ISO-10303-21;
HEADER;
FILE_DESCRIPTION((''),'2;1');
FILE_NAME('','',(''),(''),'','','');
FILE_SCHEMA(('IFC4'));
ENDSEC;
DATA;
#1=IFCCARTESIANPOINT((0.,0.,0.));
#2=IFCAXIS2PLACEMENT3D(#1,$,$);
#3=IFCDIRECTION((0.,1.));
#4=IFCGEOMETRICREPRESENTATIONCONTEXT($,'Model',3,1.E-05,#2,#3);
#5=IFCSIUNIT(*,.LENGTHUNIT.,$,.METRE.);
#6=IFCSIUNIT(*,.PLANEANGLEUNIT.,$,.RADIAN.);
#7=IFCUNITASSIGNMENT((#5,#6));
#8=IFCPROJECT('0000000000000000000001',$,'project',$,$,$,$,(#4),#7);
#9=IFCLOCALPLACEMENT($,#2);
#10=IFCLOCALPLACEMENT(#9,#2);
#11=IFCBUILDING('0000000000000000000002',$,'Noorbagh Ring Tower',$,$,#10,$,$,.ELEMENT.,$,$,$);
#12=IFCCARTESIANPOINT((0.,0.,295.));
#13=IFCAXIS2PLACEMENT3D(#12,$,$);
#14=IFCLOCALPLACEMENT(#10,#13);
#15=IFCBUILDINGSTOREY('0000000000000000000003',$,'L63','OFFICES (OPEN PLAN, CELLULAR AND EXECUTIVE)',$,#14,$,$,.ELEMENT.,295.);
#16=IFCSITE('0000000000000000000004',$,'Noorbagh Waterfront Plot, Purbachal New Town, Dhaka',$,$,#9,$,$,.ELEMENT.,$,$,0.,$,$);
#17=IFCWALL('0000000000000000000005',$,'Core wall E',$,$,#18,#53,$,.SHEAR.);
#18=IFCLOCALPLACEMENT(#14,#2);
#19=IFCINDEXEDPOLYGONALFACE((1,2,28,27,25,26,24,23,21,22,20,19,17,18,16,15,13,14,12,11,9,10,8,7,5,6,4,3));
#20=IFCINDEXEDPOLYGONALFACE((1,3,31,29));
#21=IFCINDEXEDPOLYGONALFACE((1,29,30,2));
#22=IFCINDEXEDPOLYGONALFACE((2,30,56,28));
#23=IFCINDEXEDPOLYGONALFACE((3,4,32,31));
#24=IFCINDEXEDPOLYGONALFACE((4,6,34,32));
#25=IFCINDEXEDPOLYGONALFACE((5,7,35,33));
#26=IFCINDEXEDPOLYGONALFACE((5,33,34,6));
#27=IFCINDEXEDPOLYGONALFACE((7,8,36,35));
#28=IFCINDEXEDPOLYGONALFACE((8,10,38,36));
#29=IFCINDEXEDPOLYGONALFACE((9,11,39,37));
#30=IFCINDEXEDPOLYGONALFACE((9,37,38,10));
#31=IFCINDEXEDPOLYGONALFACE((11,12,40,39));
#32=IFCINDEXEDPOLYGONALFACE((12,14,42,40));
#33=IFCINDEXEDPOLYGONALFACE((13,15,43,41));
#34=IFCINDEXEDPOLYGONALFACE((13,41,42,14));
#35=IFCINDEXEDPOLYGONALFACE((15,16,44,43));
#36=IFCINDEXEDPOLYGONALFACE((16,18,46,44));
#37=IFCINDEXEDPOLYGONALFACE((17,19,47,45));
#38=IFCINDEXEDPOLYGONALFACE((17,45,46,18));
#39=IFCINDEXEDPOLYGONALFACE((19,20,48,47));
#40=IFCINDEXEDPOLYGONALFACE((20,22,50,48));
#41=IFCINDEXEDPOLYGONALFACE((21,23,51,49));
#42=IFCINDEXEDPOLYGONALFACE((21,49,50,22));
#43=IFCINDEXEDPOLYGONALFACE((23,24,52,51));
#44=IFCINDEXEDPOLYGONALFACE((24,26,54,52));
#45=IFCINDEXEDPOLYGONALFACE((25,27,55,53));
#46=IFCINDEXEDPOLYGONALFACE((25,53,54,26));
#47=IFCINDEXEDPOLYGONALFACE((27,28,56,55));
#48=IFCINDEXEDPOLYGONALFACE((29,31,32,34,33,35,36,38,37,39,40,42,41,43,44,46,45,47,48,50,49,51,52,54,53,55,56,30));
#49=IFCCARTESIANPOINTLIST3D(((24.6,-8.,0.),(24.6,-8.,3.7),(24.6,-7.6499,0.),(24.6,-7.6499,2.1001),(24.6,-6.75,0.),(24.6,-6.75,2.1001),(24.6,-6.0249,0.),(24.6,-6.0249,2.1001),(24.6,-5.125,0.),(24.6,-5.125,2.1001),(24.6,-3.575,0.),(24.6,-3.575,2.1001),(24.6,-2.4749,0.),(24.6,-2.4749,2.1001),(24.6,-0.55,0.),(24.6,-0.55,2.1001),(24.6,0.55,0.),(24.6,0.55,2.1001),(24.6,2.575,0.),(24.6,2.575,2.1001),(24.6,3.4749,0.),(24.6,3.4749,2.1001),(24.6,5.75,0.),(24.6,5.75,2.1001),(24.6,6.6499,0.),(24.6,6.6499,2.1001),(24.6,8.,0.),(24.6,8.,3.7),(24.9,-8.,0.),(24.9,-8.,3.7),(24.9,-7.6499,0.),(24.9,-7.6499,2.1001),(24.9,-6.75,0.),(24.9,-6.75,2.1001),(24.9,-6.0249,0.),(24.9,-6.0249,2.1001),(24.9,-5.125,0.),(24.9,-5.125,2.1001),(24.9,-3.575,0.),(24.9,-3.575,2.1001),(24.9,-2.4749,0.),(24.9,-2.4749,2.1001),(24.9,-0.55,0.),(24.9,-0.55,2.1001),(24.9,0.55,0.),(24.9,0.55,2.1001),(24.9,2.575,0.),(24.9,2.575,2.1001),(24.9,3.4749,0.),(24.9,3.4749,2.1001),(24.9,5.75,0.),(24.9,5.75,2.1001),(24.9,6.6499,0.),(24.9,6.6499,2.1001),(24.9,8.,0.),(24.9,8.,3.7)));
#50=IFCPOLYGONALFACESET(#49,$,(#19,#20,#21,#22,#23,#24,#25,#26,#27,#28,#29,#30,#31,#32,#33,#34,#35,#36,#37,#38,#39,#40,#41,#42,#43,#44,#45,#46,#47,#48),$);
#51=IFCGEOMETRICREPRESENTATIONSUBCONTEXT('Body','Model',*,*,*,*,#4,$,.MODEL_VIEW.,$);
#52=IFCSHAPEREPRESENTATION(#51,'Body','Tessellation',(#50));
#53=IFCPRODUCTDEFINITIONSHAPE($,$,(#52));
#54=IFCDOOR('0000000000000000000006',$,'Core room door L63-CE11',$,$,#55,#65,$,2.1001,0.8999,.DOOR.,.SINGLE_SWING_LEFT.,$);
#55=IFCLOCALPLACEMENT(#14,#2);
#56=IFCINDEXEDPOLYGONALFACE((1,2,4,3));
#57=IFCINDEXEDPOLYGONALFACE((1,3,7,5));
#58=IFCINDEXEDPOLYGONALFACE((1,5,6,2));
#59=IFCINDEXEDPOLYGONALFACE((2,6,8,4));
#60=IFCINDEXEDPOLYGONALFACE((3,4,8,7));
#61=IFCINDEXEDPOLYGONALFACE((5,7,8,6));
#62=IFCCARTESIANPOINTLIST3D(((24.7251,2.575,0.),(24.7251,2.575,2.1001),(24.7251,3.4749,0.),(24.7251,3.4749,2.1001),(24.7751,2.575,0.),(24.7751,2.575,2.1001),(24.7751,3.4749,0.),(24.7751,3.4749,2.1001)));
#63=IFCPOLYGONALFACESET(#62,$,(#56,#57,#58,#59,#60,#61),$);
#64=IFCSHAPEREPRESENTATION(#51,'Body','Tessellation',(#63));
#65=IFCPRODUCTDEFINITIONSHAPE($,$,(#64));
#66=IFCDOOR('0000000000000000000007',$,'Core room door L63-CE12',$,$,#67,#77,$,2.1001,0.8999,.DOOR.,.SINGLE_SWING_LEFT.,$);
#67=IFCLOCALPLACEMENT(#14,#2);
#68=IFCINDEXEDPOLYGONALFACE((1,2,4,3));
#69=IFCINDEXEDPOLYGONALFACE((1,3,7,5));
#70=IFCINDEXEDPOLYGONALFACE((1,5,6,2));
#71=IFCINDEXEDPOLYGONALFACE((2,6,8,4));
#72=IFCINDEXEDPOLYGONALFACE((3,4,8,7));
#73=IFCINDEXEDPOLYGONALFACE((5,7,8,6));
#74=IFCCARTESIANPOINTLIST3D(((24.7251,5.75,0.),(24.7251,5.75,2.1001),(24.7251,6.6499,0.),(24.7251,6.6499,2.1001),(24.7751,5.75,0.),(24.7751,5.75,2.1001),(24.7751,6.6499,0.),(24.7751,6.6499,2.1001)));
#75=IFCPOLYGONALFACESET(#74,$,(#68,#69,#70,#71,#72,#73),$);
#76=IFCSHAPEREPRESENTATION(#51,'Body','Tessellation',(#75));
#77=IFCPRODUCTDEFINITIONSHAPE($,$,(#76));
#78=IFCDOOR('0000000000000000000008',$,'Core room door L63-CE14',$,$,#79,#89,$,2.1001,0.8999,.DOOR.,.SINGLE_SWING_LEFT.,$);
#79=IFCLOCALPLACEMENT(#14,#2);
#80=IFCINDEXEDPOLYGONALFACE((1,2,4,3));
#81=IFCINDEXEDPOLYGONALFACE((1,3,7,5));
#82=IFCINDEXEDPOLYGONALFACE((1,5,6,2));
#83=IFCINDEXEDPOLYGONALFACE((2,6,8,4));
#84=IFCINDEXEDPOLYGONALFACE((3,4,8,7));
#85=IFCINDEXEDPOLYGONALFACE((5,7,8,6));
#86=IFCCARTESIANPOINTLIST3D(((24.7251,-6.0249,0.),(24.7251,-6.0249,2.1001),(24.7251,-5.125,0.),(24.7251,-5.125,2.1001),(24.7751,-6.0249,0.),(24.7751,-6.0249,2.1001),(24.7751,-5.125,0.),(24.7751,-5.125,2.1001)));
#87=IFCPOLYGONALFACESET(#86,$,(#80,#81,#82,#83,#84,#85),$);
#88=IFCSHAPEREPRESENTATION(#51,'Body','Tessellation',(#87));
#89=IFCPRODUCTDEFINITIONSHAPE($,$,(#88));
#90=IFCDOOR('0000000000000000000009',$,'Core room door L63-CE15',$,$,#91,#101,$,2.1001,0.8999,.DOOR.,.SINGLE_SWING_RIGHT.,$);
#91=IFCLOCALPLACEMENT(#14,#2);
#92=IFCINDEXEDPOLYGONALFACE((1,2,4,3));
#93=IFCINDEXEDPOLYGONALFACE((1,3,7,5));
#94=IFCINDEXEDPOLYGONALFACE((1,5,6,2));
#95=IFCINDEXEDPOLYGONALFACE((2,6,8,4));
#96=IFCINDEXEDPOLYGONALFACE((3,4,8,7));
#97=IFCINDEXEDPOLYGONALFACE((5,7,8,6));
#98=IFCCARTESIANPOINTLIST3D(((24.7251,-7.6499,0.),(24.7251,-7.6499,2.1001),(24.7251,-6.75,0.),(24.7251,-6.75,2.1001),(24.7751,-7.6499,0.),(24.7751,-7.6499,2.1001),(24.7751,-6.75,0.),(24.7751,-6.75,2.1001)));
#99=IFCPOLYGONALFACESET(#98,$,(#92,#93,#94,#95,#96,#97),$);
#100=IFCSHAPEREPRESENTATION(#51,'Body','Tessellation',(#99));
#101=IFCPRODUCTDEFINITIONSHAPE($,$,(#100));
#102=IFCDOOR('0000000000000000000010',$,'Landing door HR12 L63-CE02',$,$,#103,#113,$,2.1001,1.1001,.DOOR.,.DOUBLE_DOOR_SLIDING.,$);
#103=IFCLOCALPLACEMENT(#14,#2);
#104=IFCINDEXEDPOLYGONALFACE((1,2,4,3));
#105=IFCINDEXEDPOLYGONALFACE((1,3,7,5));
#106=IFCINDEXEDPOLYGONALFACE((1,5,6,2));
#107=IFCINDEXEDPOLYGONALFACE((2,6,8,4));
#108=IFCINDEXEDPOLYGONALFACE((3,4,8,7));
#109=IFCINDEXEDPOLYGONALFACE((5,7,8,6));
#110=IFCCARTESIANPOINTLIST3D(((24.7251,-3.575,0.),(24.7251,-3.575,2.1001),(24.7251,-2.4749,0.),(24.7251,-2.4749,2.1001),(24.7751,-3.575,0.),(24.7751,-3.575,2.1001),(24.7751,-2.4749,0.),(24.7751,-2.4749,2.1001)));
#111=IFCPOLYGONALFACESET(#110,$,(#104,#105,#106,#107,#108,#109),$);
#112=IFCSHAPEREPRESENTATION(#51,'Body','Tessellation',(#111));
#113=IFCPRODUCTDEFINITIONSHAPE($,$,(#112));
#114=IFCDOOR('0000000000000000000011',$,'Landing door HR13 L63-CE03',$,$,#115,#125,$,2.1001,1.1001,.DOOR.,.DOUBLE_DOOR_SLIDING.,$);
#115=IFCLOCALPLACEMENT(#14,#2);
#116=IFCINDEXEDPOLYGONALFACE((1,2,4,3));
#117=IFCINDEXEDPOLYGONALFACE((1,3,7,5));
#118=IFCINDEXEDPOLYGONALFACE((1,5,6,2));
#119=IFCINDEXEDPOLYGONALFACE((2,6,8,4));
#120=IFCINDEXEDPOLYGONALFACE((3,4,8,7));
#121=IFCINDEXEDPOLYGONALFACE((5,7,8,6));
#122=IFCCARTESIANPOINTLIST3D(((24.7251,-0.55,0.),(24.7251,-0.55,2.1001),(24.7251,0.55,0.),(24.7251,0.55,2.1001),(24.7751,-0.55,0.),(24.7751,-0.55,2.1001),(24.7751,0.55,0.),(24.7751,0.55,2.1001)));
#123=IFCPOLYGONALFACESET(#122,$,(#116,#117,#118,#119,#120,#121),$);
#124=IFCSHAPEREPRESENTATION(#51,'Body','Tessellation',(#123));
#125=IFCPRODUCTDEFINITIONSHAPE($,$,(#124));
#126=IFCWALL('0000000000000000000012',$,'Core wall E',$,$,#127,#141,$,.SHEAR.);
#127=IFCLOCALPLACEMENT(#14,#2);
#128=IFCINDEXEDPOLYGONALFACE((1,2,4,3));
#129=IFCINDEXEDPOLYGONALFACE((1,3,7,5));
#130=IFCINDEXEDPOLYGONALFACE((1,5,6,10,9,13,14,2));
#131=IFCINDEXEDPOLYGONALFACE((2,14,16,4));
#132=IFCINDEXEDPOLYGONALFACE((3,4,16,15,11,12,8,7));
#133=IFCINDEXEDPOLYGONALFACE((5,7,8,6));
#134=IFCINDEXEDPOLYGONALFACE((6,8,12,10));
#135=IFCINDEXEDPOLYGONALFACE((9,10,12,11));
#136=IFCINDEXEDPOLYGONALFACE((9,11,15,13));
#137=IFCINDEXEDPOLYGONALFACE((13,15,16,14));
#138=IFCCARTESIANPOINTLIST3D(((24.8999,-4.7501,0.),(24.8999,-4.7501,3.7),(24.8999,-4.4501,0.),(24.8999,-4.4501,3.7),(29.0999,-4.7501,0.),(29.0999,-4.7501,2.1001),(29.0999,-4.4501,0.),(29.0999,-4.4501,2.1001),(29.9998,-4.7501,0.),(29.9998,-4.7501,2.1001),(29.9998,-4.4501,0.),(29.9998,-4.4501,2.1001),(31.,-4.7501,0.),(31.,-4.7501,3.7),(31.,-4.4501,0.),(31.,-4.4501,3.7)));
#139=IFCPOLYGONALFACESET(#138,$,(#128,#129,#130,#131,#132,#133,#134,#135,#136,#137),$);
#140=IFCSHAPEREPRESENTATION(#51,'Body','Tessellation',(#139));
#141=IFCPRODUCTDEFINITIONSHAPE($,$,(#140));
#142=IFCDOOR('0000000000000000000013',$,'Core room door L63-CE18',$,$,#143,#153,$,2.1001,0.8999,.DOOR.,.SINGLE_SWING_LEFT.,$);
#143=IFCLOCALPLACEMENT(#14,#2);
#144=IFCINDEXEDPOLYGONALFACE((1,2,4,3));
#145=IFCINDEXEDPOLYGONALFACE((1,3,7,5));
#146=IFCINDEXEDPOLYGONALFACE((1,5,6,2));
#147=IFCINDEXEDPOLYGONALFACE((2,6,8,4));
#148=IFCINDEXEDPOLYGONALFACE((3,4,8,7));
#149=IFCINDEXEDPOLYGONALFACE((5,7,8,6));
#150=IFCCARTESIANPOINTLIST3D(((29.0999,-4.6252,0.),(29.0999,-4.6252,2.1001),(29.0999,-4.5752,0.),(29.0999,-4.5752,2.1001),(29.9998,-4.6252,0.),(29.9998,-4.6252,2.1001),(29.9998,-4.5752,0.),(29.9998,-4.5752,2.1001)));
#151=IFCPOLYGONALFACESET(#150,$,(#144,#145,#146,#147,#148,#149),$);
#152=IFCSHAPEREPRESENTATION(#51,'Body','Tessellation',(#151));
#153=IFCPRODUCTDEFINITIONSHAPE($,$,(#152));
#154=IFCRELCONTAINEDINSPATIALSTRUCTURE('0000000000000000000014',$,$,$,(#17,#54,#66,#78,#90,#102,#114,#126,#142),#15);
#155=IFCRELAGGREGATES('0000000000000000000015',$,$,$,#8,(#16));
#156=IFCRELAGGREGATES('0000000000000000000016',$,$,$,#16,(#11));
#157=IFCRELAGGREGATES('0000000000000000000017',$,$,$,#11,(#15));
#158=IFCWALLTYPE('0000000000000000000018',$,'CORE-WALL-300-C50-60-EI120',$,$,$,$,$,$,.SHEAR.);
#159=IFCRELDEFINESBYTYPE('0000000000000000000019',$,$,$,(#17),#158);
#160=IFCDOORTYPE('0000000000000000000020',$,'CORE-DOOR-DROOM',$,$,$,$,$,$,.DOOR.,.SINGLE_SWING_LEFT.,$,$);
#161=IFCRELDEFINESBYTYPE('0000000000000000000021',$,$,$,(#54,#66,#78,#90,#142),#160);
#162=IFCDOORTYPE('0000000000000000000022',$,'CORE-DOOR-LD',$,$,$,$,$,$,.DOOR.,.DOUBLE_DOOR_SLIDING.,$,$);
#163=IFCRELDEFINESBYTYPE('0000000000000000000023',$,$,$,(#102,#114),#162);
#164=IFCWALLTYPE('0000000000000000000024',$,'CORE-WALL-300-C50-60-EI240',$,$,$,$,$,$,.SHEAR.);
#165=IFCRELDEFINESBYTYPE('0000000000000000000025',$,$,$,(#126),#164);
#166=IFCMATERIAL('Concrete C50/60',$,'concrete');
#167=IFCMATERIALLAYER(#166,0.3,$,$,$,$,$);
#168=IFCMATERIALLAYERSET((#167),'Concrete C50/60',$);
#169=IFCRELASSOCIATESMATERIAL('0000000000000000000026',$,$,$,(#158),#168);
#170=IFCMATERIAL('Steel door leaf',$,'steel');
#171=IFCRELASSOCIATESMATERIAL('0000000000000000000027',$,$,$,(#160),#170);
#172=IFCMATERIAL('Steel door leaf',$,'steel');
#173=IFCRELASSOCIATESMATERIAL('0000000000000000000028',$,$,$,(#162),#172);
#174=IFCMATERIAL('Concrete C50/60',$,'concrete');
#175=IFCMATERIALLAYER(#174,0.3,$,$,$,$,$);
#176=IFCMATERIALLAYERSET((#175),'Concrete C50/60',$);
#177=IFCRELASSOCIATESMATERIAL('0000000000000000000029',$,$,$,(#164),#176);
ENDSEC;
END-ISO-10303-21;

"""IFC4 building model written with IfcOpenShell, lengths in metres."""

from ifc_helpers import new_model, si_unit, direction, frame, frame_2d, origin, place, context, subcontext, project, spatial, rectangle, extrude, material, layer, layer_set, type_object, element, fill, save


model = new_model("IFC4")

# Units and contexts
model_context = context("Model", 3, precision=1e-05, world=origin(), true_north=direction((0.0, 1.0)))
body_context = subcontext(model_context, "Body", "Model", "MODEL_VIEW")
ifc_project = project(units=[si_unit("LENGTHUNIT", "METRE"), si_unit("PLANEANGLEUNIT", "RADIAN")], contexts=[model_context])

# Site, building, storey
site_placement = place(None, origin())
site = spatial("IfcSite", under=ifc_project, at=site_placement, Name="Noorbagh Waterfront Plot, Purbachal New Town, Dhaka", CompositionType="ELEMENT", RefElevation=0.0)
building_placement = place(site_placement, origin())
building = spatial("IfcBuilding", under=site, at=building_placement, Name="Noorbagh Ring Tower", CompositionType="ELEMENT")
storey_placement = place(building_placement, frame((0.0, 0.0, 295.0)))
storey = spatial("IfcBuildingStorey", under=building, at=storey_placement, Name="L63", Description="OFFICES (OPEN PLAN, CELLULAR AND EXECUTIVE)", CompositionType="ELEMENT", Elevation=295.0)

# Shared definitions
ifc_material_1 = material(Name="Concrete C50/60", Category="concrete")
ifc_layer_1 = layer(ifc_material_1, 0.3)
ifc_layer_set_1 = layer_set([ifc_layer_1], Name="Concrete C50/60")
wall_type_1 = type_object("IfcWallType", Name="CORE-WALL-300-C50-60-EI120", PredefinedType="SHEAR", material=ifc_layer_set_1)

# Wall, openings, doors
ifc_material_2 = material(Name="Steel door leaf", Category="steel")
door_type_1 = type_object("IfcDoorType", Name="CORE-DOOR-DROOM", OperationType="SINGLE_SWING_LEFT", PredefinedType="DOOR", material=ifc_material_2)
wall_1_placement = place(storey_placement, frame((24.75, -8.0, 0.0), z_axis=(0.0, 0.0, 1.0), x_axis=(0.0, 1.0, 0.0)))
wall_1 = element("IfcWall", 1, at=wall_1_placement, inside=storey, type_object=wall_type_1, Name="Core wall E", PredefinedType="SHEAR", context=body_context, shape_type="SweptSolid", body=[
    extrude(rectangle(XDim=16.0, YDim=0.3, at=frame_2d((8.0, 0.0))), origin(), (0.0, 0.0, 1.0), 3.7),
])
opening_1_placement = place(wall_1_placement, frame((4.425, 0.0, 0.0)))
opening_1 = element("IfcOpeningElement", 2, at=opening_1_placement, cuts=wall_1, PredefinedType="OPENING", context=body_context, shape_type="SweptSolid", body=[
    extrude(rectangle(XDim=1.1001, YDim=2.1001, at=frame_2d((0.55, 1.05))), frame((0.0, 0.1602, 0.0), z_axis=(0.0, -1.0, 0.0), x_axis=(1.0, 0.0, 0.0)), (0.0, 0.0, 1.0), 0.3201),
])
opening_2_placement = place(wall_1_placement, frame((7.45, 0.0, 0.0)))
opening_2 = element("IfcOpeningElement", 3, at=opening_2_placement, cuts=wall_1, PredefinedType="OPENING", context=body_context, shape_type="SweptSolid", body=[
    extrude(rectangle(XDim=1.1001, YDim=2.1001, at=frame_2d((0.55, 1.05))), frame((0.0, 0.1602, 0.0), z_axis=(0.0, -1.0, 0.0), x_axis=(1.0, 0.0, 0.0)), (0.0, 0.0, 1.0), 0.3201),
])
opening_3_placement = place(wall_1_placement, frame((10.575, 0.0, 0.0)))
opening_3 = element("IfcOpeningElement", 4, at=opening_3_placement, cuts=wall_1, PredefinedType="OPENING", context=body_context, shape_type="SweptSolid", body=[
    extrude(rectangle(XDim=0.8999, YDim=2.1001, at=frame_2d((0.45, 1.05))), frame((0.0, 0.1602, 0.0), z_axis=(0.0, -1.0, 0.0), x_axis=(1.0, 0.0, 0.0)), (0.0, 0.0, 1.0), 0.3201),
])
opening_4_placement = place(wall_1_placement, frame((13.75, 0.0, 0.0)))
opening_4 = element("IfcOpeningElement", 5, at=opening_4_placement, cuts=wall_1, PredefinedType="OPENING", context=body_context, shape_type="SweptSolid", body=[
    extrude(rectangle(XDim=0.8999, YDim=2.1001, at=frame_2d((0.45, 1.05))), frame((0.0, 0.1602, 0.0), z_axis=(0.0, -1.0, 0.0), x_axis=(1.0, 0.0, 0.0)), (0.0, 0.0, 1.0), 0.3201),
])
opening_5_placement = place(wall_1_placement, frame((1.9751, 0.0, 0.0)))
opening_5 = element("IfcOpeningElement", 6, at=opening_5_placement, cuts=wall_1, PredefinedType="OPENING", context=body_context, shape_type="SweptSolid", body=[
    extrude(rectangle(XDim=0.8999, YDim=2.1001, at=frame_2d((0.45, 1.05))), frame((0.0, 0.1602, 0.0), z_axis=(0.0, -1.0, 0.0), x_axis=(1.0, 0.0, 0.0)), (0.0, 0.0, 1.0), 0.3201),
])
opening_6_placement = place(wall_1_placement, frame((0.3501, 0.0, 0.0)))
opening_6 = element("IfcOpeningElement", 7, at=opening_6_placement, cuts=wall_1, PredefinedType="OPENING", context=body_context, shape_type="SweptSolid", body=[
    extrude(rectangle(XDim=0.8999, YDim=2.1001, at=frame_2d((0.45, 1.05))), frame((0.0, 0.1602, 0.0), z_axis=(0.0, -1.0, 0.0), x_axis=(1.0, 0.0, 0.0)), (0.0, 0.0, 1.0), 0.3201),
])
door_1_placement = place(opening_3_placement, origin())
door_1 = element("IfcDoor", 8, at=door_1_placement, inside=storey, type_object=door_type_1, Name="Core room door L63-CE11", OperationType="SINGLE_SWING_LEFT", OverallHeight=2.1001, OverallWidth=0.8999, PredefinedType="DOOR", context=body_context, shape_type="SweptSolid", body=[
    extrude(rectangle(XDim=0.8999, YDim=2.1001, at=frame_2d((0.45, 1.05))), frame((0.0, 0.0249, 0.0), z_axis=(0.0, -1.0, 0.0), x_axis=(1.0, 0.0, 0.0)), (0.0, 0.0, 1.0), 0.05),
])
fill(opening_3, door_1)
door_2_placement = place(opening_4_placement, origin())
door_2 = element("IfcDoor", 9, at=door_2_placement, inside=storey, type_object=door_type_1, Name="Core room door L63-CE12", OperationType="SINGLE_SWING_LEFT", OverallHeight=2.1001, OverallWidth=0.8999, PredefinedType="DOOR", context=body_context, shape_type="SweptSolid", body=[
    extrude(rectangle(XDim=0.8999, YDim=2.1001, at=frame_2d((0.45, 1.05))), frame((0.0, 0.0249, 0.0), z_axis=(0.0, -1.0, 0.0), x_axis=(1.0, 0.0, 0.0)), (0.0, 0.0, 1.0), 0.05),
])
fill(opening_4, door_2)
door_3_placement = place(opening_5_placement, origin())
door_3 = element("IfcDoor", 10, at=door_3_placement, inside=storey, type_object=door_type_1, Name="Core room door L63-CE14", OperationType="SINGLE_SWING_LEFT", OverallHeight=2.1001, OverallWidth=0.8999, PredefinedType="DOOR", context=body_context, shape_type="SweptSolid", body=[
    extrude(rectangle(XDim=0.8999, YDim=2.1001, at=frame_2d((0.45, 1.05))), frame((0.0, 0.0249, 0.0), z_axis=(0.0, -1.0, 0.0), x_axis=(1.0, 0.0, 0.0)), (0.0, 0.0, 1.0), 0.05),
])
fill(opening_5, door_3)
door_4_placement = place(opening_6_placement, origin())
door_4 = element("IfcDoor", 11, at=door_4_placement, inside=storey, type_object=door_type_1, Name="Core room door L63-CE15", OperationType="SINGLE_SWING_RIGHT", OverallHeight=2.1001, OverallWidth=0.8999, PredefinedType="DOOR", context=body_context, shape_type="SweptSolid", body=[
    extrude(rectangle(XDim=0.8999, YDim=2.1001, at=frame_2d((0.45, 1.05))), frame((0.0, 0.0249, 0.0), z_axis=(0.0, -1.0, 0.0), x_axis=(1.0, 0.0, 0.0)), (0.0, 0.0, 1.0), 0.05),
])
fill(opening_6, door_4)
ifc_material_3 = material(Name="Steel door leaf", Category="steel")
door_type_2 = type_object("IfcDoorType", Name="CORE-DOOR-LD", OperationType="DOUBLE_DOOR_SLIDING", PredefinedType="DOOR", material=ifc_material_3)
door_5_placement = place(opening_1_placement, origin())
door_5 = element("IfcDoor", 12, at=door_5_placement, inside=storey, type_object=door_type_2, Name="Landing door HR12 L63-CE02", OperationType="DOUBLE_DOOR_SLIDING", OverallHeight=2.1001, OverallWidth=1.1001, PredefinedType="DOOR", context=body_context, shape_type="SweptSolid", body=[
    extrude(rectangle(XDim=1.1001, YDim=2.1001, at=frame_2d((0.55, 1.05))), frame((0.0, 0.0249, 0.0), z_axis=(0.0, -1.0, 0.0), x_axis=(1.0, 0.0, 0.0)), (0.0, 0.0, 1.0), 0.05),
])
fill(opening_1, door_5)
door_6_placement = place(opening_2_placement, origin())
door_6 = element("IfcDoor", 13, at=door_6_placement, inside=storey, type_object=door_type_2, Name="Landing door HR13 L63-CE03", OperationType="DOUBLE_DOOR_SLIDING", OverallHeight=2.1001, OverallWidth=1.1001, PredefinedType="DOOR", context=body_context, shape_type="SweptSolid", body=[
    extrude(rectangle(XDim=1.1001, YDim=2.1001, at=frame_2d((0.55, 1.05))), frame((0.0, 0.0249, 0.0), z_axis=(0.0, -1.0, 0.0), x_axis=(1.0, 0.0, 0.0)), (0.0, 0.0, 1.0), 0.05),
])
fill(opening_2, door_6)

# Wall, opening, door
ifc_material_4 = material(Name="Concrete C50/60", Category="concrete")
ifc_layer_2 = layer(ifc_material_4, 0.3)
ifc_layer_set_2 = layer_set([ifc_layer_2], Name="Concrete C50/60")
wall_type_2 = type_object("IfcWallType", Name="CORE-WALL-300-C50-60-EI240", PredefinedType="SHEAR", material=ifc_layer_set_2)
wall_2_placement = place(storey_placement, frame((24.8999, -4.6001, 0.0), z_axis=(0.0, 0.0, 1.0), x_axis=(1.0, 0.0, 0.0)))
wall_2 = element("IfcWall", 14, at=wall_2_placement, inside=storey, type_object=wall_type_2, Name="Core wall E", PredefinedType="SHEAR", context=body_context, shape_type="SweptSolid", body=[
    extrude(rectangle(XDim=6.1001, YDim=0.3, at=frame_2d((3.05, 0.0))), origin(), (0.0, 0.0, 1.0), 3.7),
])
opening_7_placement = place(wall_2_placement, frame((4.2, 0.0, 0.0)))
opening_7 = element("IfcOpeningElement", 15, at=opening_7_placement, cuts=wall_2, PredefinedType="OPENING", context=body_context, shape_type="SweptSolid", body=[
    extrude(rectangle(XDim=0.8999, YDim=2.1001, at=frame_2d((0.45, 1.05))), frame((0.0, 0.1602, 0.0), z_axis=(0.0, -1.0, 0.0), x_axis=(1.0, 0.0, 0.0)), (0.0, 0.0, 1.0), 0.3201),
])
door_7_placement = place(opening_7_placement, origin())
door_7 = element("IfcDoor", 16, at=door_7_placement, inside=storey, type_object=door_type_1, Name="Core room door L63-CE18", OperationType="SINGLE_SWING_LEFT", OverallHeight=2.1001, OverallWidth=0.8999, PredefinedType="DOOR", context=body_context, shape_type="SweptSolid", body=[
    extrude(rectangle(XDim=0.8999, YDim=2.1001, at=frame_2d((0.45, 1.05))), frame((0.0, 0.0249, 0.0), z_axis=(0.0, -1.0, 0.0), x_axis=(1.0, 0.0, 0.0)), (0.0, 0.0, 1.0), 0.05),
])
fill(opening_7, door_7)

save(model, "model.ifc")
